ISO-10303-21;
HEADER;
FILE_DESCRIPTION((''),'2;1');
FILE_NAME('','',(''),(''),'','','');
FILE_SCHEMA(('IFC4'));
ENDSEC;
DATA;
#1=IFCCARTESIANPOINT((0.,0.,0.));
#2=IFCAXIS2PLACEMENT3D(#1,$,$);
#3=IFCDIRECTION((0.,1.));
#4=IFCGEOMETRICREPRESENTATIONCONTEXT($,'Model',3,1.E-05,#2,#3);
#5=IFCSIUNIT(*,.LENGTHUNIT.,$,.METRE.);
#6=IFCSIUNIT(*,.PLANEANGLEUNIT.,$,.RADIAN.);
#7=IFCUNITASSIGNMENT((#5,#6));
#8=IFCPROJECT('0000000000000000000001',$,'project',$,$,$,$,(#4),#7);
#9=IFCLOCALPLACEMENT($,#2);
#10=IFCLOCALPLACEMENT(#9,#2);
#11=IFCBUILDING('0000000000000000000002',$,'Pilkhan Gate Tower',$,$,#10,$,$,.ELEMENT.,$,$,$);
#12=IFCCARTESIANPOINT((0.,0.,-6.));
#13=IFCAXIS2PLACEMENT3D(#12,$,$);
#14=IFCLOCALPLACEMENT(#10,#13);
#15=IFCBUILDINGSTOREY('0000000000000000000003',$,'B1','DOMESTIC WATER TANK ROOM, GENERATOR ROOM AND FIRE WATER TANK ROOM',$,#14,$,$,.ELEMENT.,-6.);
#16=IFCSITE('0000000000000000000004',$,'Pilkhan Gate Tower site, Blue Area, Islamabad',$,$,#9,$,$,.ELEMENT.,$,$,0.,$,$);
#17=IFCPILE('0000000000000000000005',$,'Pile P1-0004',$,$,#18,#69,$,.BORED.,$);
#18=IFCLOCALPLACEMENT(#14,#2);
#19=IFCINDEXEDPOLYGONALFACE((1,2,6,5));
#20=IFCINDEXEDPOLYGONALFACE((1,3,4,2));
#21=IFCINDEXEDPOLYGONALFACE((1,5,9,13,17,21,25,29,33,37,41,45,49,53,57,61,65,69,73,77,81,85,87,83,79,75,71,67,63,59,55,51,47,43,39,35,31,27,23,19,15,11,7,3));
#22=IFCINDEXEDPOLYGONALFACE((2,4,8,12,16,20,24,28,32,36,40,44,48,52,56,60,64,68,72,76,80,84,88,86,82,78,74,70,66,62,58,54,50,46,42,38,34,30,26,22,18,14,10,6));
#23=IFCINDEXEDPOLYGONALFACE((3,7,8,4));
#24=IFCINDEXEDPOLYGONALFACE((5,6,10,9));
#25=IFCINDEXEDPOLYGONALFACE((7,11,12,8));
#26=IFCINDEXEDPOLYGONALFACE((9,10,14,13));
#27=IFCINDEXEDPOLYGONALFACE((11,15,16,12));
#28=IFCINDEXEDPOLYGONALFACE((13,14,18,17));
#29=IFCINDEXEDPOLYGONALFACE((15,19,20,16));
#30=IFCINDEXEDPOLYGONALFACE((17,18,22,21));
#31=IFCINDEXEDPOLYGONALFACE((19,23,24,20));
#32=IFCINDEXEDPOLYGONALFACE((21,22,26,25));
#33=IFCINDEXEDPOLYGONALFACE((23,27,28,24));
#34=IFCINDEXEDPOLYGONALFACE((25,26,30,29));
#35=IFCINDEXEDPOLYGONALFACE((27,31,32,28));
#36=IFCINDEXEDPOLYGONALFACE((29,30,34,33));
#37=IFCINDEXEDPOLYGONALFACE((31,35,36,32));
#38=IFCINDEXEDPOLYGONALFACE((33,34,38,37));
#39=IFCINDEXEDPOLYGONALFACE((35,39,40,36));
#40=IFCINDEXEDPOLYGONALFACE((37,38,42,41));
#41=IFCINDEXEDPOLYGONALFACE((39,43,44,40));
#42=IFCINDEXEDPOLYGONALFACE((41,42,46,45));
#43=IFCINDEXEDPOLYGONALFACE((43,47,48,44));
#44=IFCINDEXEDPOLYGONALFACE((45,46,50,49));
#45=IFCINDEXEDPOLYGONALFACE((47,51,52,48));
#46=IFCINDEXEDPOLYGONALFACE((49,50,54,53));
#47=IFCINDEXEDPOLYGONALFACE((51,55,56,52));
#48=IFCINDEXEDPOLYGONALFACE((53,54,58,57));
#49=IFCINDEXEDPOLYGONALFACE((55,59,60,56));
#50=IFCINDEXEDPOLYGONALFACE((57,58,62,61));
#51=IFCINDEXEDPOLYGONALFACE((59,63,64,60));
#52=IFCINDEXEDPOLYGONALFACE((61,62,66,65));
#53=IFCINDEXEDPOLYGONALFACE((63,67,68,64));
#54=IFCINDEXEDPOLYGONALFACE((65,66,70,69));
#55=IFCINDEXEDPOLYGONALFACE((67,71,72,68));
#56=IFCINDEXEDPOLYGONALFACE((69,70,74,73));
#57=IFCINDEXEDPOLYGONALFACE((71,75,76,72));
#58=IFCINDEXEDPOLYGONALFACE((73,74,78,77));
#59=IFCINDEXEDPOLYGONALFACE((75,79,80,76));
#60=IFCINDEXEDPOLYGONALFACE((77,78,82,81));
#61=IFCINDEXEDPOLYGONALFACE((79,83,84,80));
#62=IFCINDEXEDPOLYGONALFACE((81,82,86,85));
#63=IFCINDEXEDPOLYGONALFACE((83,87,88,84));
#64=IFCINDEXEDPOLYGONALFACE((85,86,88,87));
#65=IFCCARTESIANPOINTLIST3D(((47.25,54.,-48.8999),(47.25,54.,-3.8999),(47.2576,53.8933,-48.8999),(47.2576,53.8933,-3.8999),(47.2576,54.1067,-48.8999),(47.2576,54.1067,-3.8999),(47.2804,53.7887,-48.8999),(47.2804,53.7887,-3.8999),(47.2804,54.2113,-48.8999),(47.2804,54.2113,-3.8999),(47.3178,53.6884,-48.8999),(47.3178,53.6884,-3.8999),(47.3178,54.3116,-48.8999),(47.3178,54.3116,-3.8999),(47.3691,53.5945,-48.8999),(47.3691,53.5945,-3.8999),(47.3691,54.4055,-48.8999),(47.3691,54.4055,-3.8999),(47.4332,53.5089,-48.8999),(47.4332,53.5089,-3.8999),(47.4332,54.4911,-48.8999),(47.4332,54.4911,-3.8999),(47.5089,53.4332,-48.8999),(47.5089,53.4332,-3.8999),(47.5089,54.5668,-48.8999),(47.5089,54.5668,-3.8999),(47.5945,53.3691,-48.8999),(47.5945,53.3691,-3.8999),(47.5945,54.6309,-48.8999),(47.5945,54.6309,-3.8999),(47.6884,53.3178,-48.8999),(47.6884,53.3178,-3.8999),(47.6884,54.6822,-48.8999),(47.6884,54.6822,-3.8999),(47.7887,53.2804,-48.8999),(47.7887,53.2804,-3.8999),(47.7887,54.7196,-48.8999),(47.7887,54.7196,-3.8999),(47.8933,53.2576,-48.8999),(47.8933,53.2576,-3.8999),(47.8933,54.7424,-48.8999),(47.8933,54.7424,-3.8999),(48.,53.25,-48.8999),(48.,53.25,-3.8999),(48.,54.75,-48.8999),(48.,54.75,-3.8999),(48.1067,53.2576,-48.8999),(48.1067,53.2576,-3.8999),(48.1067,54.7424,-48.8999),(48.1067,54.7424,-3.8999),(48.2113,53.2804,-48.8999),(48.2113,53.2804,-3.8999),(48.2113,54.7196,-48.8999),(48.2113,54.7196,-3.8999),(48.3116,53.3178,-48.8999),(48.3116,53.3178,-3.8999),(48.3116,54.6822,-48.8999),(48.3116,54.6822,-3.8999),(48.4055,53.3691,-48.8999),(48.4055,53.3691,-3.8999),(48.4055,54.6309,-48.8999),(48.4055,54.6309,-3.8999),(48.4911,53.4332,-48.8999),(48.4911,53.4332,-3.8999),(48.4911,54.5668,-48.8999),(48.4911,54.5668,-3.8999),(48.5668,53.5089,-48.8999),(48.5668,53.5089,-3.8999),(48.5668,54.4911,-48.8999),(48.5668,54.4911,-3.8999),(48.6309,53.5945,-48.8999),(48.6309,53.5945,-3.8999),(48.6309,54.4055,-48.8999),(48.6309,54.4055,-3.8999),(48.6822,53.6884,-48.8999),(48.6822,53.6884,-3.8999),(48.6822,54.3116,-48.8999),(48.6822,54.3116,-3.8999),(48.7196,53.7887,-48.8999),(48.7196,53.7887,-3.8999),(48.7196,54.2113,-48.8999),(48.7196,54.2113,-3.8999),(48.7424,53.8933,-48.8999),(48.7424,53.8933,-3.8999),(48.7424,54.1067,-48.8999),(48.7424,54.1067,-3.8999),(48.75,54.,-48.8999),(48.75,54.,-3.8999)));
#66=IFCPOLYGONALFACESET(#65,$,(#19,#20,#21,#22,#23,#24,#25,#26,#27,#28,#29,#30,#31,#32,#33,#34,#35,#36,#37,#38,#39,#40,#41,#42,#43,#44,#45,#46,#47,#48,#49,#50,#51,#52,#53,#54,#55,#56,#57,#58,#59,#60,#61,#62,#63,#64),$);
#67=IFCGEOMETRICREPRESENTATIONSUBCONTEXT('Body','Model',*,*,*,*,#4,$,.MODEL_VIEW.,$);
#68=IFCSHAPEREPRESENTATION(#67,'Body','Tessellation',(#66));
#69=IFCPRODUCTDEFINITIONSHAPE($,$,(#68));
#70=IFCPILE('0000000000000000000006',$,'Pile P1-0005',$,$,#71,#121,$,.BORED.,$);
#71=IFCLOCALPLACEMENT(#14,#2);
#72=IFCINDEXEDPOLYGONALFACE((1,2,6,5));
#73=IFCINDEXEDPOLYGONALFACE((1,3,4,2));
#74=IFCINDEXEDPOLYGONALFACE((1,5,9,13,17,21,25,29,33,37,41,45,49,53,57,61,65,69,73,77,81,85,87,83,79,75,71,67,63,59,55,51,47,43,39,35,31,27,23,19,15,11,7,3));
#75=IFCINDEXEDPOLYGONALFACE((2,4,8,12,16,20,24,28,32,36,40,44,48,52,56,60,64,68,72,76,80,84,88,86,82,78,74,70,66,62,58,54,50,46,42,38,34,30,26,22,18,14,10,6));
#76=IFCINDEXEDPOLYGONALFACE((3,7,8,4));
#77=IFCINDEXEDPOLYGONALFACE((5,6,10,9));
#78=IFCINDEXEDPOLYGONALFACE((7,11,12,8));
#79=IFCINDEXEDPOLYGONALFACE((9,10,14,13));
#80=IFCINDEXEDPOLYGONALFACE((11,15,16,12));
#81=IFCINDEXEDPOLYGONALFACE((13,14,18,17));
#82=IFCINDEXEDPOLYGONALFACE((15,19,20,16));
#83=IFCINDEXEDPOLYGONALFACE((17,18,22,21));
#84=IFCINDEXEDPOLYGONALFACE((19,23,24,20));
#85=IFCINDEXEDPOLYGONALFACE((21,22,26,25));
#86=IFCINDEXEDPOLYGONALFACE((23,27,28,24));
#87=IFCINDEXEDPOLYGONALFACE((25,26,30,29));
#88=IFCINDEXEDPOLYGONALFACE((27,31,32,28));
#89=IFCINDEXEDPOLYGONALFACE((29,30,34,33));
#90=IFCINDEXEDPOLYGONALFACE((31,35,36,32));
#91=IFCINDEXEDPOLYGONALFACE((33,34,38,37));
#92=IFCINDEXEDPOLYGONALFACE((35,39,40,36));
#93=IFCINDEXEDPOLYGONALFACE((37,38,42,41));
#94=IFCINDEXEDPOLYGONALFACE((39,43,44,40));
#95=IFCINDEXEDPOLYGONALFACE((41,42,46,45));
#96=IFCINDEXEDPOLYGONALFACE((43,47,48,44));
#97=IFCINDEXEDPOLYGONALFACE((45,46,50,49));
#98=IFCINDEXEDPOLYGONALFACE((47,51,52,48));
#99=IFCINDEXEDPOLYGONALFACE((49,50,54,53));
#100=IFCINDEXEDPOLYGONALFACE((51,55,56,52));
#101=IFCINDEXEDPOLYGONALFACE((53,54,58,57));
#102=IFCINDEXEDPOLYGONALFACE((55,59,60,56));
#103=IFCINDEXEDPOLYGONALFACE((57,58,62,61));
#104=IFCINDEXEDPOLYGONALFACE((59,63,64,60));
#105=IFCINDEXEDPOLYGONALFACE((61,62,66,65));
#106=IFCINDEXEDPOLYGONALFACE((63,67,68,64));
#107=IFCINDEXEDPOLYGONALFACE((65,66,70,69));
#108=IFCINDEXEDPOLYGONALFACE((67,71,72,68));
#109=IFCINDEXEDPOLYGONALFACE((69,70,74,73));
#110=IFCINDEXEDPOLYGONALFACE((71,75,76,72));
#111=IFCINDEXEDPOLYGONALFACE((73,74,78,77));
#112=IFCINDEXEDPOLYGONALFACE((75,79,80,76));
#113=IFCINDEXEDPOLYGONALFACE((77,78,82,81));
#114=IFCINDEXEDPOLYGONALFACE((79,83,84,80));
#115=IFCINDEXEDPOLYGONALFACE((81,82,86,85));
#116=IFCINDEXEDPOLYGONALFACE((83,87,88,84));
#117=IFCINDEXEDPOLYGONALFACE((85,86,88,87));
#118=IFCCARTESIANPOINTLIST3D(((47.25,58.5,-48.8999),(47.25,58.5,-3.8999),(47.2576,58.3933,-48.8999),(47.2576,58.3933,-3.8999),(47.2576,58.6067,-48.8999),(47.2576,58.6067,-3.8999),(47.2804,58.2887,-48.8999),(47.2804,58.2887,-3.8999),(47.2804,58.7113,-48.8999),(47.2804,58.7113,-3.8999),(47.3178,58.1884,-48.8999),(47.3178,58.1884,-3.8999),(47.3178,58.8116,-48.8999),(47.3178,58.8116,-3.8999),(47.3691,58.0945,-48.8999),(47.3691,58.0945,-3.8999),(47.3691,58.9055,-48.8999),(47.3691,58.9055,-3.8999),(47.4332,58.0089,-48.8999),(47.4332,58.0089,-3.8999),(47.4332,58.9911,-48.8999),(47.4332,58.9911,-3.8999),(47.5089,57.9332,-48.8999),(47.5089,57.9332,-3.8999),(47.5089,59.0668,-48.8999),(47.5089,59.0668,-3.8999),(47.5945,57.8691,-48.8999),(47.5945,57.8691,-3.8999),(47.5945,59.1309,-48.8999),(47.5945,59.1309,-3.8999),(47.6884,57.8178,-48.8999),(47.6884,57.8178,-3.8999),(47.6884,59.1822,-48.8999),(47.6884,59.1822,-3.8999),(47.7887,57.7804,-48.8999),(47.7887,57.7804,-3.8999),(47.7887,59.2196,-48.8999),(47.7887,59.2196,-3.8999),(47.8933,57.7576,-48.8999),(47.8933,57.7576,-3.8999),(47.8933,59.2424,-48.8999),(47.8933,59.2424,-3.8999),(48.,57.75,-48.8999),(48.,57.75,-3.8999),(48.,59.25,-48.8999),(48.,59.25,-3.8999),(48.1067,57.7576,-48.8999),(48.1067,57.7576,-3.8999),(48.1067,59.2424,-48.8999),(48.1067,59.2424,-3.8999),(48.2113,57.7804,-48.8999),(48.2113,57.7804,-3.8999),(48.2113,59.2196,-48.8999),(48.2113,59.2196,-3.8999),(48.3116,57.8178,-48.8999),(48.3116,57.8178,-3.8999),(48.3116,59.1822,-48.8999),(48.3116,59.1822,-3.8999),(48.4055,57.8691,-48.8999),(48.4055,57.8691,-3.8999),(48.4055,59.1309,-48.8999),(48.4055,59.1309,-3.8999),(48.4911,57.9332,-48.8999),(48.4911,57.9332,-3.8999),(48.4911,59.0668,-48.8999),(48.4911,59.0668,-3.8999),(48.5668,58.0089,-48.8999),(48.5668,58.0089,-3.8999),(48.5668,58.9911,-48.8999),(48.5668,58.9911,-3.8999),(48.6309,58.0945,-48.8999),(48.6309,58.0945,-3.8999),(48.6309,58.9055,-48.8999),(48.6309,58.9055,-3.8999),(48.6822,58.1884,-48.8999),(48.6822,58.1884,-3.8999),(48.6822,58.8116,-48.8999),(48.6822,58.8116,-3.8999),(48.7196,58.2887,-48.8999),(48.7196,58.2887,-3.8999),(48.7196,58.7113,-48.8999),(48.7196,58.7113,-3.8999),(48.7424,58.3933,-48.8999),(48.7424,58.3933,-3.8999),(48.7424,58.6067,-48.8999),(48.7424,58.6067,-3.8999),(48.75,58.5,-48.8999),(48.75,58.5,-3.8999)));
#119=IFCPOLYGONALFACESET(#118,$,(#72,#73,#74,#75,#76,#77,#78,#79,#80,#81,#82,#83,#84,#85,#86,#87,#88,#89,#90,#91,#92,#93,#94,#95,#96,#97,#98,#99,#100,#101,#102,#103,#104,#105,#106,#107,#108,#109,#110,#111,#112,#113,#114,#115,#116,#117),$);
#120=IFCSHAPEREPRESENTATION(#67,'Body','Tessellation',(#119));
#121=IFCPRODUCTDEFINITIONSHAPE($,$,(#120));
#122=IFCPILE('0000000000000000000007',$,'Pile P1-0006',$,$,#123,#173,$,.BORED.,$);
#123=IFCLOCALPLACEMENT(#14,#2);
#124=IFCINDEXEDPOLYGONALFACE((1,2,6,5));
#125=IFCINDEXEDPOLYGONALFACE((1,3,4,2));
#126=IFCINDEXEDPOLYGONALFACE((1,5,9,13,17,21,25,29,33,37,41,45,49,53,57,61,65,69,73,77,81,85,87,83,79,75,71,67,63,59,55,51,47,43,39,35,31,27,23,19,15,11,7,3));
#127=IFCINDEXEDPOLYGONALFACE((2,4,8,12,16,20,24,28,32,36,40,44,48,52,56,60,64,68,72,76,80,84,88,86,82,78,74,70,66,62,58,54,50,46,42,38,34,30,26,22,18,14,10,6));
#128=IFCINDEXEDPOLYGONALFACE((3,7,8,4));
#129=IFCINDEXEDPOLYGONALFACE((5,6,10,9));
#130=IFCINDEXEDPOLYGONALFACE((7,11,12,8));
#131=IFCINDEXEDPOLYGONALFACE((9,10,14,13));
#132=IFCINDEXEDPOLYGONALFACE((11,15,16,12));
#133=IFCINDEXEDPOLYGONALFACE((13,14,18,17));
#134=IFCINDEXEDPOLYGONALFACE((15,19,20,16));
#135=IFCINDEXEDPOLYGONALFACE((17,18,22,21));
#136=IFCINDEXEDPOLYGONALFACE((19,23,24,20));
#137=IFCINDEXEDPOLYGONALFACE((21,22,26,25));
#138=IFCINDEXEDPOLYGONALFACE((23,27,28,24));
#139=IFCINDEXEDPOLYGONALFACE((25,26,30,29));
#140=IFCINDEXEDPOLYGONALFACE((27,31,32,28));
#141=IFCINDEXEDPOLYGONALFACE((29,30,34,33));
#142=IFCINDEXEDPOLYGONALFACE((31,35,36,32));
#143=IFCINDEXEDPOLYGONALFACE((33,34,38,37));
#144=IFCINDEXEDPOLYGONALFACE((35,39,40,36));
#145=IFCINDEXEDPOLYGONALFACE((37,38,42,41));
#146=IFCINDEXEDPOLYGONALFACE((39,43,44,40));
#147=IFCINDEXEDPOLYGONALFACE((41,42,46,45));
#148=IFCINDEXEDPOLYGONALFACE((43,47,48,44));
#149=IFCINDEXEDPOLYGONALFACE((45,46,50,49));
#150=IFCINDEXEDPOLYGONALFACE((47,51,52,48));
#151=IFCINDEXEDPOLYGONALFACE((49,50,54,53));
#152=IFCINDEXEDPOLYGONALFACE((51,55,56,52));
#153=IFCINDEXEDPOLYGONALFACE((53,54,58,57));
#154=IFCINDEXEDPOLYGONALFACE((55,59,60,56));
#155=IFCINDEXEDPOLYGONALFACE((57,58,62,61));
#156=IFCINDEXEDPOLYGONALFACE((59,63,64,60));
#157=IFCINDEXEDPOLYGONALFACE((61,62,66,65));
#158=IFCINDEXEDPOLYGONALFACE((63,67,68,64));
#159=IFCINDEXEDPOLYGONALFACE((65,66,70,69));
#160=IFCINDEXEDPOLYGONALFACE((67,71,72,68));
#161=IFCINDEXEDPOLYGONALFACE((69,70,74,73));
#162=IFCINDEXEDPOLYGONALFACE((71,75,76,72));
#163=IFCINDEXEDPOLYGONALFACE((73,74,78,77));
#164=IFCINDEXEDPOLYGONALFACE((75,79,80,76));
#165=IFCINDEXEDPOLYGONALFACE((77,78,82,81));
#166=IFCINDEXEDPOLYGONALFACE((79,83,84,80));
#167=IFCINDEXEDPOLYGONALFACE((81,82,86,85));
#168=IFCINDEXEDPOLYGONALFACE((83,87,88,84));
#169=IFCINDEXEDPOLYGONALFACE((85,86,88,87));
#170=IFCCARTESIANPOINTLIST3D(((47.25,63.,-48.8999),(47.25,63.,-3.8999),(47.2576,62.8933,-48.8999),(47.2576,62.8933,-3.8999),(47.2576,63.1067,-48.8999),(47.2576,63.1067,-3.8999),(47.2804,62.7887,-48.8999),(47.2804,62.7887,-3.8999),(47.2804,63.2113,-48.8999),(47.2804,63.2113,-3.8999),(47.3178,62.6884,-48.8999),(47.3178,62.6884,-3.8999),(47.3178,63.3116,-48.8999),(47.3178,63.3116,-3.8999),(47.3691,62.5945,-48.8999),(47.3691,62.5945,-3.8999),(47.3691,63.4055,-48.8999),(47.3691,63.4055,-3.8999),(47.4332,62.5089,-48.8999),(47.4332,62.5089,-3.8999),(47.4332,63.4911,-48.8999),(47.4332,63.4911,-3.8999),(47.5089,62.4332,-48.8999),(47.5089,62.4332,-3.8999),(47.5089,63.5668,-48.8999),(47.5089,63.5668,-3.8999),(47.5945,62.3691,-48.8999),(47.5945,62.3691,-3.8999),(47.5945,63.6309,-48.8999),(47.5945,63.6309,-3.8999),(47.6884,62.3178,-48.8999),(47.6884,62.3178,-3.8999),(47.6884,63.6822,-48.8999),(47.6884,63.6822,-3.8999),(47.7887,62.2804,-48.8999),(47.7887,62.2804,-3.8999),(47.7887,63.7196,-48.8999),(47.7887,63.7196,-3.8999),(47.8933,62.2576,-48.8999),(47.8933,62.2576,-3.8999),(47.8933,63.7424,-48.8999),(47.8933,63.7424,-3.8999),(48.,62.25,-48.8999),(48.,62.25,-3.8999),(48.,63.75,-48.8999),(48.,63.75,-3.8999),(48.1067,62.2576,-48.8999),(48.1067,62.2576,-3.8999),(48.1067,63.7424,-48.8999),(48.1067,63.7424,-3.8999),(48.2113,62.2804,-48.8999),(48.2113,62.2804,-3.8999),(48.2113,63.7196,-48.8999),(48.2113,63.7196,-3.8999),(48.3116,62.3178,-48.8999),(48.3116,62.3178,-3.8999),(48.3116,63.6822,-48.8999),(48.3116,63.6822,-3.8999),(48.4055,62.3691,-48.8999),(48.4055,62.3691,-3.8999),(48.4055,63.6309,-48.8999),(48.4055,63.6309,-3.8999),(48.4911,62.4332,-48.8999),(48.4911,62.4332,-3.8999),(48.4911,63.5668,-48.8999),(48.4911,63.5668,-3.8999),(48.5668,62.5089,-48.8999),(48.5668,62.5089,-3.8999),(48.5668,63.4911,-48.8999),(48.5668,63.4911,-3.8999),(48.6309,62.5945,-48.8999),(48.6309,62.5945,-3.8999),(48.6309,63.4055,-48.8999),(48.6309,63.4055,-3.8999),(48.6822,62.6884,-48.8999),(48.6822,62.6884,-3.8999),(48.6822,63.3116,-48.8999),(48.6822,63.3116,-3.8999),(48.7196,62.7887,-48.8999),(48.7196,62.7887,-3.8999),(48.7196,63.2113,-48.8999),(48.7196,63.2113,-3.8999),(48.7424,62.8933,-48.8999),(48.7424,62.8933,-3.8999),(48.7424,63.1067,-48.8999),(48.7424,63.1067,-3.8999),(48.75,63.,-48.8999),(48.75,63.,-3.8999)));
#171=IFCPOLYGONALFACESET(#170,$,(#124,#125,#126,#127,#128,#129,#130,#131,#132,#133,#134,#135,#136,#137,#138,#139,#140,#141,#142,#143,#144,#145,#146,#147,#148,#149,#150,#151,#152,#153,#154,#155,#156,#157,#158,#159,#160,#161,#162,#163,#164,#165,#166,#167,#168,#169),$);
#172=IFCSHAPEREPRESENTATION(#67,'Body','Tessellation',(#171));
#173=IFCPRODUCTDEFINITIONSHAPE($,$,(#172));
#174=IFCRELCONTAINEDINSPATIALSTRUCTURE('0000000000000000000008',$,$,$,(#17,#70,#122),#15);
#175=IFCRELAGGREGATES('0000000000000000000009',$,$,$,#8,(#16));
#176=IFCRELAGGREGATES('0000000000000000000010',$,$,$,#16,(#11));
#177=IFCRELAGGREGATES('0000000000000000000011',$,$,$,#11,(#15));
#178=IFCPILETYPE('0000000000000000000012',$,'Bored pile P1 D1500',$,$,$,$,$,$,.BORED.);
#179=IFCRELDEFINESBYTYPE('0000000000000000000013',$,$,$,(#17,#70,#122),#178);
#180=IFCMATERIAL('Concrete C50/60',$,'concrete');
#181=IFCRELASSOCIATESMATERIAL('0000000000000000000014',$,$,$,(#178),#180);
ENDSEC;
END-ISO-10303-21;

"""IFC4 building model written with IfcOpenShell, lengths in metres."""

from ifc_helpers import new_model, si_unit, direction, frame, origin, origin_2d, place, context, subcontext, project, spatial, circle, extrude, material, material_profile, profile_set, type_object, element, save


model = new_model("IFC4")

# Units and contexts
model_context = context("Model", 3, precision=1e-05, world=origin(), true_north=direction((0.0, 1.0)))
body_context = subcontext(model_context, "Body", "Model", "MODEL_VIEW")
ifc_project = project(units=[si_unit("LENGTHUNIT", "METRE"), si_unit("PLANEANGLEUNIT", "RADIAN")], contexts=[model_context])

# Site, building, storey
site_placement = place(None, origin())
site = spatial("IfcSite", under=ifc_project, at=site_placement, Name="Pilkhan Gate Tower site, Blue Area, Islamabad", CompositionType="ELEMENT", RefElevation=0.0)
building_placement = place(site_placement, origin())
building = spatial("IfcBuilding", under=site, at=building_placement, Name="Pilkhan Gate Tower", CompositionType="ELEMENT")
storey_placement = place(building_placement, frame((0.0, 0.0, -6.0)))
storey = spatial("IfcBuildingStorey", under=building, at=storey_placement, Name="B1", Description="DOMESTIC WATER TANK ROOM, GENERATOR ROOM AND FIRE WATER TANK ROOM", CompositionType="ELEMENT", Elevation=-6.0)

# Piles
ifc_material_1 = material(Name="Concrete C50/60", Category="concrete")
ifc_material_profile_1 = material_profile(ifc_material_1, circle(Radius=0.75, at=origin_2d()), Name="Bored pile 1500 dia")
ifc_profile_set_1 = profile_set([ifc_material_profile_1], Name="Concrete C50/60")
pile_type = type_object("IfcPileType", Name="Bored pile P1 D1500", PredefinedType="BORED", material=ifc_profile_set_1)
for number, where, z_axis, x_axis, name in (
    (1, (48.0, 54.0, -3.8999), (0.0, 0.0, -1.0), (1.0, 0.0, 0.0), "Pile P1-0004"),
    (2, (48.0, 58.5, -3.8999), (0.0, 0.0, -1.0), (1.0, 0.0, 0.0), "Pile P1-0005"),
    (3, (48.0, 63.0, -3.8999), (0.0, 0.0, -1.0), (1.0, 0.0, 0.0), "Pile P1-0006"),
):
    element("IfcPile", number, at=place(storey_placement, frame(where, z_axis=z_axis, x_axis=x_axis)), inside=storey, type_object=pile_type, Name=name, PredefinedType="BORED", context=body_context, shape_type="SweptSolid", body=[
        extrude(circle(Radius=0.75, at=origin_2d()), origin(), (0.0, 0.0, 1.0), 45.0),
    ])

save(model, "model.ifc")
